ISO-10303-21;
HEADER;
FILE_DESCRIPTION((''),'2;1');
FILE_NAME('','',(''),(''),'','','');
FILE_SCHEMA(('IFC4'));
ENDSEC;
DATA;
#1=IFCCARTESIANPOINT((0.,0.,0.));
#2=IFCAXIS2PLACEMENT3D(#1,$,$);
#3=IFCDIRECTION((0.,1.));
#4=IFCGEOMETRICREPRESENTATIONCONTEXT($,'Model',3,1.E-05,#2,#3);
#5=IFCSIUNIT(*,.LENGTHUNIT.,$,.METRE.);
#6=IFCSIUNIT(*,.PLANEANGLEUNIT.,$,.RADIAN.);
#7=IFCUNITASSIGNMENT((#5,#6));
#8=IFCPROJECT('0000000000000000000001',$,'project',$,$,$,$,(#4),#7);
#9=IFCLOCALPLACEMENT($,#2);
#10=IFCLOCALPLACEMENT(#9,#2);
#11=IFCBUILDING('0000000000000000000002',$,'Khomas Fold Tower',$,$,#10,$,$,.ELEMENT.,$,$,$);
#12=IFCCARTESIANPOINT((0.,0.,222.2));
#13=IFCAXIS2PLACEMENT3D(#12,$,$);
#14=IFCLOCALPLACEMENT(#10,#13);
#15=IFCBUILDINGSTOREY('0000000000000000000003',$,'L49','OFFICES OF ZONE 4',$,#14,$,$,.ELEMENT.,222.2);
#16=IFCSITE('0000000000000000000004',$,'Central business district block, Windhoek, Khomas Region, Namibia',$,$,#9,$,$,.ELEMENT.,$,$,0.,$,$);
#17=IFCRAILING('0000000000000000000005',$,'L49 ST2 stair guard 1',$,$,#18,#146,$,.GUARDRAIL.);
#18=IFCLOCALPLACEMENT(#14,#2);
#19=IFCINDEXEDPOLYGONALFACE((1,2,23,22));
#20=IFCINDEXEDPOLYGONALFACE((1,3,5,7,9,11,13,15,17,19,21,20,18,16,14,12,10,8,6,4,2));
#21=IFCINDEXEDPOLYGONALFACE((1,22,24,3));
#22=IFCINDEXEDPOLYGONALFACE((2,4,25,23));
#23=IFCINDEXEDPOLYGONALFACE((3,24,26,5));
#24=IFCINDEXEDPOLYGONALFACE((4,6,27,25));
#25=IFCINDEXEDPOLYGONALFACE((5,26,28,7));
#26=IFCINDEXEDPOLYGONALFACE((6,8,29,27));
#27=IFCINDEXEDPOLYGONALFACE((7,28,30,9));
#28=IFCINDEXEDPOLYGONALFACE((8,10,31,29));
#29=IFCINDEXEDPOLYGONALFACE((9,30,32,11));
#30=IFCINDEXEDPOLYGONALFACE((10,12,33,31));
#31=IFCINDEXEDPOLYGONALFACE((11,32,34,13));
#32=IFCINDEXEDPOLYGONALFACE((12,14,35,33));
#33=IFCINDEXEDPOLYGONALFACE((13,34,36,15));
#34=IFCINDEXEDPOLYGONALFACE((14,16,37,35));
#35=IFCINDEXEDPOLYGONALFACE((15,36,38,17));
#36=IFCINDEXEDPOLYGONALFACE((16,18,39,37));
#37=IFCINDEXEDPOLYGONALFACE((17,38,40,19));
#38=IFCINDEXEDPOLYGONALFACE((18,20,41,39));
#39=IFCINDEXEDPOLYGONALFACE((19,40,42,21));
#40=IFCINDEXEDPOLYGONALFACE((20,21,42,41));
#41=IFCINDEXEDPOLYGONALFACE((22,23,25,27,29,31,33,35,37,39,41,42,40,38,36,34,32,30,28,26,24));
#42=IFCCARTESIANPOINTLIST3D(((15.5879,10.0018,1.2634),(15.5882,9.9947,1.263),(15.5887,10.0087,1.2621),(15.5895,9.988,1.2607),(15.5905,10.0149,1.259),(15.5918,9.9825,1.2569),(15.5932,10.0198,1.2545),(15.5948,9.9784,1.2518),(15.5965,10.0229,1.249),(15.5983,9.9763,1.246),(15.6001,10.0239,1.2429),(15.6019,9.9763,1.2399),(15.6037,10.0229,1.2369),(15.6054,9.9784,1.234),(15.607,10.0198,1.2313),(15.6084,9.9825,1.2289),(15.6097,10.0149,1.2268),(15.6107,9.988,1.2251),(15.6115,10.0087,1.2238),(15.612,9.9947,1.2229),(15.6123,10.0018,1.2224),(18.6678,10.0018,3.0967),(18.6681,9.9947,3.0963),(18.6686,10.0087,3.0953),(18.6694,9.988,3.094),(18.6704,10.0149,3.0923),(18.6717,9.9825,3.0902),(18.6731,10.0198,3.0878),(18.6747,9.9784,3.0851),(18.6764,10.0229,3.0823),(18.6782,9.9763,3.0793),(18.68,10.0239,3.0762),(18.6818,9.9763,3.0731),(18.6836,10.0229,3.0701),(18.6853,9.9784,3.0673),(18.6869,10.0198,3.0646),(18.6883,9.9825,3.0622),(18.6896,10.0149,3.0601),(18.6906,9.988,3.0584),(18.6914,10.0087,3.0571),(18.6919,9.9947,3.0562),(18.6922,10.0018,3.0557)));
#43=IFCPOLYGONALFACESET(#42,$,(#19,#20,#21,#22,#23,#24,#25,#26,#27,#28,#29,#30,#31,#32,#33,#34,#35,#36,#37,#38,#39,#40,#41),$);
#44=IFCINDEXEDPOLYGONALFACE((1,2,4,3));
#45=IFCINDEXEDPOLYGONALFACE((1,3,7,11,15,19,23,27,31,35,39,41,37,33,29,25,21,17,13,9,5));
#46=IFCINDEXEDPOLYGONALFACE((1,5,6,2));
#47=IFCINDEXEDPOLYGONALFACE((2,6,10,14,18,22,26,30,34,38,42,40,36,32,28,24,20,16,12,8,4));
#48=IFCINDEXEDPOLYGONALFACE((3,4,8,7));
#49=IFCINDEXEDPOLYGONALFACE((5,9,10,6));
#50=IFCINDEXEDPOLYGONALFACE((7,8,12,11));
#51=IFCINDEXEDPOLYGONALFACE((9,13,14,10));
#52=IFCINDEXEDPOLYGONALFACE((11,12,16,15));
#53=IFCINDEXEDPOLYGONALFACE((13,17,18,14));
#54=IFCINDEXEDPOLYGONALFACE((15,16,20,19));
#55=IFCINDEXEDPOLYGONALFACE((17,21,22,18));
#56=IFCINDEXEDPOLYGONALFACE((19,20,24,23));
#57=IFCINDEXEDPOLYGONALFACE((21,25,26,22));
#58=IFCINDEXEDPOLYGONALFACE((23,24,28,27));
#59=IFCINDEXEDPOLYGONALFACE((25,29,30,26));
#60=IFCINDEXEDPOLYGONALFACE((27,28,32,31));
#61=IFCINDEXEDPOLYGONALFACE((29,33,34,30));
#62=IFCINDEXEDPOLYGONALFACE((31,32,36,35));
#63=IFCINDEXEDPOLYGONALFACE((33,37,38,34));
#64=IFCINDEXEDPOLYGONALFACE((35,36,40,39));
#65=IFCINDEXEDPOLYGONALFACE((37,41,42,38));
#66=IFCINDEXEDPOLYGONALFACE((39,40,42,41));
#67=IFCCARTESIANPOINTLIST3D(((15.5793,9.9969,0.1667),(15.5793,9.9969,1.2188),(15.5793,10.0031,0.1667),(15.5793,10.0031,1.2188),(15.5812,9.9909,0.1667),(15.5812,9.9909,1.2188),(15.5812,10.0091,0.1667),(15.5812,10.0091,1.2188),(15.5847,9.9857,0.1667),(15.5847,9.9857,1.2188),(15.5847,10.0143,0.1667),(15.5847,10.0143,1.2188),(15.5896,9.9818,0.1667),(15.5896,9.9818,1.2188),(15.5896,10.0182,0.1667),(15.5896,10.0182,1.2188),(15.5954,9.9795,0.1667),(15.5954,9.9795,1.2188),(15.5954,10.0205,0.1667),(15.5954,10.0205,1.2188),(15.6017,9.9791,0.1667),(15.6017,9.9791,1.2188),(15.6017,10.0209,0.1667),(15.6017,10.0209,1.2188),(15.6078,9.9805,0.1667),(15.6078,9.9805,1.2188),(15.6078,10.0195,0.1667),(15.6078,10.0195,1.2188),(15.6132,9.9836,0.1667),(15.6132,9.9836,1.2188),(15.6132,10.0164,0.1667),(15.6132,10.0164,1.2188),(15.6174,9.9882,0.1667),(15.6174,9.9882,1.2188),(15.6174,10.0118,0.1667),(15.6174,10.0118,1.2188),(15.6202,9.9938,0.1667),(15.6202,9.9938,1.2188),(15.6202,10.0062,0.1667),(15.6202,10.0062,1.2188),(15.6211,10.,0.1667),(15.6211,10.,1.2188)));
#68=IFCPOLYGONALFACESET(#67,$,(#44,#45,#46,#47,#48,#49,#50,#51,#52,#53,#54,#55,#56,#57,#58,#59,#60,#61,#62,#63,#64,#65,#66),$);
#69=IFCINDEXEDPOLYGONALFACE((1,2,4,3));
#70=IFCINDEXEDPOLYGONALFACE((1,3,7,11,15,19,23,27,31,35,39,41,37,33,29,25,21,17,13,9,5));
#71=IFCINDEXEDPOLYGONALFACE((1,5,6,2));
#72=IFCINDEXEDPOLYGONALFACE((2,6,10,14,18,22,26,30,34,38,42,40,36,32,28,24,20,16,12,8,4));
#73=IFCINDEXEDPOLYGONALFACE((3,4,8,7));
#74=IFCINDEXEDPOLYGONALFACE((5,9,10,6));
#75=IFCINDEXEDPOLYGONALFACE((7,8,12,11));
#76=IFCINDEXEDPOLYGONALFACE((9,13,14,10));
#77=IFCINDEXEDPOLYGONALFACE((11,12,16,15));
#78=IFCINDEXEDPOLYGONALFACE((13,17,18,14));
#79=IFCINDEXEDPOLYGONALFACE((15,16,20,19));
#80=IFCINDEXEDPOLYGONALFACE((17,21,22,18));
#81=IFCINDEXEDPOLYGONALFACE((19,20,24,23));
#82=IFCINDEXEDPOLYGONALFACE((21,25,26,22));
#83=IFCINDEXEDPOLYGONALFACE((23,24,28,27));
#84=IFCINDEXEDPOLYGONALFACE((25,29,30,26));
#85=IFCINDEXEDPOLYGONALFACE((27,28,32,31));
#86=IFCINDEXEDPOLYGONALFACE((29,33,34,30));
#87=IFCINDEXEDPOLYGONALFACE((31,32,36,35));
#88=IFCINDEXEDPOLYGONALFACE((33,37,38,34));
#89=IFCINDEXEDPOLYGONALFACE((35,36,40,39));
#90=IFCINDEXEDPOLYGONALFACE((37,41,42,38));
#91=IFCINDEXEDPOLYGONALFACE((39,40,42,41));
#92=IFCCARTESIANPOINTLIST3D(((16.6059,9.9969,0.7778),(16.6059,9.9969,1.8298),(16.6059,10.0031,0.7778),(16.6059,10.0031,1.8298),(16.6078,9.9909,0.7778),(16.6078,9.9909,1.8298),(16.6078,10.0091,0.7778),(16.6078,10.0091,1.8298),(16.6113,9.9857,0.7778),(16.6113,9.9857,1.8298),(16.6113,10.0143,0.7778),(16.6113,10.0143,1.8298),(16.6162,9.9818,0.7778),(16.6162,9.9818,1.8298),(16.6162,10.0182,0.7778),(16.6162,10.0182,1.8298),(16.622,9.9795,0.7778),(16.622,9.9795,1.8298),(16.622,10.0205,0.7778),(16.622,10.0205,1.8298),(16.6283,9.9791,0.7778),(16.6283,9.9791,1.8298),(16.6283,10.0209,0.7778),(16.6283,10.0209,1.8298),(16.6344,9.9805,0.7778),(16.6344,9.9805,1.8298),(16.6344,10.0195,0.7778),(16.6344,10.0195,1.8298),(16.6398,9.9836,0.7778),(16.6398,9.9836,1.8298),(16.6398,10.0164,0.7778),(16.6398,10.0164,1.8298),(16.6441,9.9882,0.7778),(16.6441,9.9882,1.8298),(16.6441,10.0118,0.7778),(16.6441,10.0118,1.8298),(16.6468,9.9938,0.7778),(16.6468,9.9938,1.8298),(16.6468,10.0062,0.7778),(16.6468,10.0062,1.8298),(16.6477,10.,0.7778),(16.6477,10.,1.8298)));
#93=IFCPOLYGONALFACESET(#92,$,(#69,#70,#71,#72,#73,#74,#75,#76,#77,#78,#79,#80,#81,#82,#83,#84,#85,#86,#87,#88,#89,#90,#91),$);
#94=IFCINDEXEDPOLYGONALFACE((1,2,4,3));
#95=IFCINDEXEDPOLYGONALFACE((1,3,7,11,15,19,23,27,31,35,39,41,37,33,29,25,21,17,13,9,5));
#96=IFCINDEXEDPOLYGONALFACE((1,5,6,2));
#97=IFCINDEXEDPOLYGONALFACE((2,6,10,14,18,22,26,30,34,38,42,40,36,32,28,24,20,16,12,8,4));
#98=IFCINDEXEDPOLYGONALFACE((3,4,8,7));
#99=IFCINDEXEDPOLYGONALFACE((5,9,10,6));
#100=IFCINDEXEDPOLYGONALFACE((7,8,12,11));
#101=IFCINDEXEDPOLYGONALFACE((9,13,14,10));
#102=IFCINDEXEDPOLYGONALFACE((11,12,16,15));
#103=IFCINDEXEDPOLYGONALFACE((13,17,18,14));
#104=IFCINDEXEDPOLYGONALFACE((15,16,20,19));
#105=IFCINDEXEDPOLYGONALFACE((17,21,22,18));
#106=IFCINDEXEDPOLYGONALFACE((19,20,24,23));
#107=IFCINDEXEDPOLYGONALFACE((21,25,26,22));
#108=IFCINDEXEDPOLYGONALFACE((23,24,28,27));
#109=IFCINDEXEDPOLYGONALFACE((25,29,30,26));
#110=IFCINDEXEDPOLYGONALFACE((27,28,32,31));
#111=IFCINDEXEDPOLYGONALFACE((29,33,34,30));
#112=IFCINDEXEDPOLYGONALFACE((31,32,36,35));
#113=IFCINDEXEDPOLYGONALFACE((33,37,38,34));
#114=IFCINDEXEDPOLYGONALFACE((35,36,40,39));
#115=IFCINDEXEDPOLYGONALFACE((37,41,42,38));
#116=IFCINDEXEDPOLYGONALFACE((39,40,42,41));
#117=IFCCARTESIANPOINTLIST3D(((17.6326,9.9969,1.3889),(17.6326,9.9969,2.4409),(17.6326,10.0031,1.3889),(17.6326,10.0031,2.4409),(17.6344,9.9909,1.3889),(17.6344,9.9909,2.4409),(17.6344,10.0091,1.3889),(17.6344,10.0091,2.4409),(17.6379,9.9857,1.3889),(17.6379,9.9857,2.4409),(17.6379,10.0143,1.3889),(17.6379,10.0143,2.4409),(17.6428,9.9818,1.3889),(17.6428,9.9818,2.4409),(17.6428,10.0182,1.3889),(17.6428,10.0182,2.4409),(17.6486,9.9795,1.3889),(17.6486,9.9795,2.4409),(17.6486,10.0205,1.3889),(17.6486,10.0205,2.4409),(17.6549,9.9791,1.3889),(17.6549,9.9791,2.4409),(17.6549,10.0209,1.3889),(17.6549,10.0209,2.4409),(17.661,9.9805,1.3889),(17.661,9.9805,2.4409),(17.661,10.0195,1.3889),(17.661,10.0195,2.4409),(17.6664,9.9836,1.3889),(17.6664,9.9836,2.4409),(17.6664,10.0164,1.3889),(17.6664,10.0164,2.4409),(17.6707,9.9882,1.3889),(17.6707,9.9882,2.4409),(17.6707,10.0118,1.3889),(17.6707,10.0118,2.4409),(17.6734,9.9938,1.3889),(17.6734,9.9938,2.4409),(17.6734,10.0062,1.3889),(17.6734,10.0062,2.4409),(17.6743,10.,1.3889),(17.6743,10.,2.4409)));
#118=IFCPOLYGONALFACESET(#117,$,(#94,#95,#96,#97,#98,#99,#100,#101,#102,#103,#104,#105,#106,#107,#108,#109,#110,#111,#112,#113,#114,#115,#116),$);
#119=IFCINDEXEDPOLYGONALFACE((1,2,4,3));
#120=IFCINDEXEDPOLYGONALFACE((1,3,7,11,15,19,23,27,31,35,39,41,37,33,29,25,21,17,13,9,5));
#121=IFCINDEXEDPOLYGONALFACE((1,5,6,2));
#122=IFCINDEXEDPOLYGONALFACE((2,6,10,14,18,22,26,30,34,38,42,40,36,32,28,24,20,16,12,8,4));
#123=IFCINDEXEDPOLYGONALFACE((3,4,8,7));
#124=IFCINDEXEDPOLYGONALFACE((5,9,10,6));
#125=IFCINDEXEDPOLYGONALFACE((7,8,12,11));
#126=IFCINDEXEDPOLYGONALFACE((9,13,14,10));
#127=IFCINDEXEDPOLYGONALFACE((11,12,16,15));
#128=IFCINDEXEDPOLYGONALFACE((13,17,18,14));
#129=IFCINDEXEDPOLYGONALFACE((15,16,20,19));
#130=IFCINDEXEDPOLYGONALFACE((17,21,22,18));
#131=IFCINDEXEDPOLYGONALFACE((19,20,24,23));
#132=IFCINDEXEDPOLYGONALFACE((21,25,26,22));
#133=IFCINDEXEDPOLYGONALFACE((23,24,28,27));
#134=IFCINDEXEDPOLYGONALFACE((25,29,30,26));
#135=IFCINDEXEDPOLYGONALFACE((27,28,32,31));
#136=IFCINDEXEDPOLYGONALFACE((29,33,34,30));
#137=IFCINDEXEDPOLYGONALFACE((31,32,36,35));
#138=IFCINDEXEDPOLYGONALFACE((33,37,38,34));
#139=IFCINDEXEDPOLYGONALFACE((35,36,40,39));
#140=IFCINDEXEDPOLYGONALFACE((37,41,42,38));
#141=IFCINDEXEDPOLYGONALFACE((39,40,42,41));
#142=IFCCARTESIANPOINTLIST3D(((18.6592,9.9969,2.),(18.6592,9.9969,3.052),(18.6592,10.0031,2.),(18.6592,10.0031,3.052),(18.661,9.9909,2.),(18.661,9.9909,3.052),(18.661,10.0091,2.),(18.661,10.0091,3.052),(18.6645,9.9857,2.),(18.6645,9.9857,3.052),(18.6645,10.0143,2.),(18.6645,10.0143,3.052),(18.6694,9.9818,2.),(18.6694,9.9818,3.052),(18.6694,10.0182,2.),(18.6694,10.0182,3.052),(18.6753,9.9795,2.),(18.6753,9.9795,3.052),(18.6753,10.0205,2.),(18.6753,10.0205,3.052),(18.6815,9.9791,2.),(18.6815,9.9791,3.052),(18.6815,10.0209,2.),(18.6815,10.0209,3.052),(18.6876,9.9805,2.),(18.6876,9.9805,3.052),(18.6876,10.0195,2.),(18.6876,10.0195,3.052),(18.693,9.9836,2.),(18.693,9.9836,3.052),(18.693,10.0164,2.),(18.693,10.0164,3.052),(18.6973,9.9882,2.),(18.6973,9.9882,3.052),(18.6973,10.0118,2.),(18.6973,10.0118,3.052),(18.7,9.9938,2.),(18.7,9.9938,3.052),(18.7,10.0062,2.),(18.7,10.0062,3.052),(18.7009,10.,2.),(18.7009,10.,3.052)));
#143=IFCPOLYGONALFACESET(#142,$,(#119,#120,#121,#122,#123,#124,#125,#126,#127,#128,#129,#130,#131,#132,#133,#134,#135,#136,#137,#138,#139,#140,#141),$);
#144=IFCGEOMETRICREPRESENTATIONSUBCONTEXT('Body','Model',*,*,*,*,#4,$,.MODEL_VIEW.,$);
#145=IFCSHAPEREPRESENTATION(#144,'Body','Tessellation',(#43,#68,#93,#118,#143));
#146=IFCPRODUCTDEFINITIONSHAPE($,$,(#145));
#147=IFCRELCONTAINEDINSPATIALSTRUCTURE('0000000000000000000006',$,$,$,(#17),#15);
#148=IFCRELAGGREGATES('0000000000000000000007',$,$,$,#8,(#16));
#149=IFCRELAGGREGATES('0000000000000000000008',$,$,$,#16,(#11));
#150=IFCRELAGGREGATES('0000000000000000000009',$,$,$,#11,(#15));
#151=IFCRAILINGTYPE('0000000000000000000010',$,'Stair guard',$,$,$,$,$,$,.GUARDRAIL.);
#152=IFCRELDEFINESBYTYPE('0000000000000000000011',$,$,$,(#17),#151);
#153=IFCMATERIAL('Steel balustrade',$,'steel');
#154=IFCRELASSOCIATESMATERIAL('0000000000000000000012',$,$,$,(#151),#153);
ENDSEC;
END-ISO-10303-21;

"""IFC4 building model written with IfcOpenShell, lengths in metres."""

from ifc_helpers import new_model, si_unit, direction, frame, origin, origin_2d, place, context, subcontext, project, spatial, circle, extrude, source, transform, mapped, material, type_object, element, save


model = new_model("IFC4")

# Units and contexts
model_context = context("Model", 3, precision=1e-05, world=origin(), true_north=direction((0.0, 1.0)))
body_context = subcontext(model_context, "Body", "Model", "MODEL_VIEW")
ifc_project = project(units=[si_unit("LENGTHUNIT", "METRE"), si_unit("PLANEANGLEUNIT", "RADIAN")], contexts=[model_context])

# Site, building, storey
site_placement = place(None, origin())
site = spatial("IfcSite", under=ifc_project, at=site_placement, Name="Central business district block, Windhoek, Khomas Region, Namibia", CompositionType="ELEMENT", RefElevation=0.0)
building_placement = place(site_placement, origin())
building = spatial("IfcBuilding", under=site, at=building_placement, Name="Khomas Fold Tower", CompositionType="ELEMENT")
storey_placement = place(building_placement, frame((0.0, 0.0, 222.2)))
storey = spatial("IfcBuildingStorey", under=building, at=storey_placement, Name="L49", Description="OFFICES OF ZONE 4", CompositionType="ELEMENT", Elevation=222.2)

# Railing
ifc_material_1 = material(Name="Steel balustrade", Category="steel")
railing_type_1 = type_object("IfcRailingType", Name="Stair guard", PredefinedType="GUARDRAIL", material=ifc_material_1)
shared_shape_1 = source(origin(), body_context, "Body", "SweptSolid", [
    extrude(circle(Radius=0.0239, at=origin_2d()), frame((0.0, 0.0, 1.0762), z_axis=(0.859291, 0.0, 0.511487), x_axis=(0.0, 1.0, 0.0)), (0.0, 0.0, 1.0), 3.5842),
    extrude(circle(Radius=0.021, at=origin_2d()), origin(), (0.0, 0.0, 1.0), 1.052),
    extrude(circle(Radius=0.021, at=origin_2d()), frame((1.0266, 0.0, 0.6111)), (0.0, 0.0, 1.0), 1.052),
    extrude(circle(Radius=0.021, at=origin_2d()), frame((2.0532, 0.0, 1.2222)), (0.0, 0.0, 1.0), 1.052),
    extrude(circle(Radius=0.021, at=origin_2d()), frame((3.0798, 0.0, 1.8333)), (0.0, 0.0, 1.0), 1.052),
])
railing_1_placement = place(storey_placement, frame((15.6001, 10.0, 0.1667)))
element("IfcRailing", 1, at=railing_1_placement, inside=storey, type_object=railing_type_1, Name="L49 ST2 stair guard 1", PredefinedType="GUARDRAIL", context=body_context, shape_type="MappedRepresentation", body=[
    mapped(shared_shape_1, transform((0.0, 0.0, 0.0))),
])

save(model, "model.ifc")
